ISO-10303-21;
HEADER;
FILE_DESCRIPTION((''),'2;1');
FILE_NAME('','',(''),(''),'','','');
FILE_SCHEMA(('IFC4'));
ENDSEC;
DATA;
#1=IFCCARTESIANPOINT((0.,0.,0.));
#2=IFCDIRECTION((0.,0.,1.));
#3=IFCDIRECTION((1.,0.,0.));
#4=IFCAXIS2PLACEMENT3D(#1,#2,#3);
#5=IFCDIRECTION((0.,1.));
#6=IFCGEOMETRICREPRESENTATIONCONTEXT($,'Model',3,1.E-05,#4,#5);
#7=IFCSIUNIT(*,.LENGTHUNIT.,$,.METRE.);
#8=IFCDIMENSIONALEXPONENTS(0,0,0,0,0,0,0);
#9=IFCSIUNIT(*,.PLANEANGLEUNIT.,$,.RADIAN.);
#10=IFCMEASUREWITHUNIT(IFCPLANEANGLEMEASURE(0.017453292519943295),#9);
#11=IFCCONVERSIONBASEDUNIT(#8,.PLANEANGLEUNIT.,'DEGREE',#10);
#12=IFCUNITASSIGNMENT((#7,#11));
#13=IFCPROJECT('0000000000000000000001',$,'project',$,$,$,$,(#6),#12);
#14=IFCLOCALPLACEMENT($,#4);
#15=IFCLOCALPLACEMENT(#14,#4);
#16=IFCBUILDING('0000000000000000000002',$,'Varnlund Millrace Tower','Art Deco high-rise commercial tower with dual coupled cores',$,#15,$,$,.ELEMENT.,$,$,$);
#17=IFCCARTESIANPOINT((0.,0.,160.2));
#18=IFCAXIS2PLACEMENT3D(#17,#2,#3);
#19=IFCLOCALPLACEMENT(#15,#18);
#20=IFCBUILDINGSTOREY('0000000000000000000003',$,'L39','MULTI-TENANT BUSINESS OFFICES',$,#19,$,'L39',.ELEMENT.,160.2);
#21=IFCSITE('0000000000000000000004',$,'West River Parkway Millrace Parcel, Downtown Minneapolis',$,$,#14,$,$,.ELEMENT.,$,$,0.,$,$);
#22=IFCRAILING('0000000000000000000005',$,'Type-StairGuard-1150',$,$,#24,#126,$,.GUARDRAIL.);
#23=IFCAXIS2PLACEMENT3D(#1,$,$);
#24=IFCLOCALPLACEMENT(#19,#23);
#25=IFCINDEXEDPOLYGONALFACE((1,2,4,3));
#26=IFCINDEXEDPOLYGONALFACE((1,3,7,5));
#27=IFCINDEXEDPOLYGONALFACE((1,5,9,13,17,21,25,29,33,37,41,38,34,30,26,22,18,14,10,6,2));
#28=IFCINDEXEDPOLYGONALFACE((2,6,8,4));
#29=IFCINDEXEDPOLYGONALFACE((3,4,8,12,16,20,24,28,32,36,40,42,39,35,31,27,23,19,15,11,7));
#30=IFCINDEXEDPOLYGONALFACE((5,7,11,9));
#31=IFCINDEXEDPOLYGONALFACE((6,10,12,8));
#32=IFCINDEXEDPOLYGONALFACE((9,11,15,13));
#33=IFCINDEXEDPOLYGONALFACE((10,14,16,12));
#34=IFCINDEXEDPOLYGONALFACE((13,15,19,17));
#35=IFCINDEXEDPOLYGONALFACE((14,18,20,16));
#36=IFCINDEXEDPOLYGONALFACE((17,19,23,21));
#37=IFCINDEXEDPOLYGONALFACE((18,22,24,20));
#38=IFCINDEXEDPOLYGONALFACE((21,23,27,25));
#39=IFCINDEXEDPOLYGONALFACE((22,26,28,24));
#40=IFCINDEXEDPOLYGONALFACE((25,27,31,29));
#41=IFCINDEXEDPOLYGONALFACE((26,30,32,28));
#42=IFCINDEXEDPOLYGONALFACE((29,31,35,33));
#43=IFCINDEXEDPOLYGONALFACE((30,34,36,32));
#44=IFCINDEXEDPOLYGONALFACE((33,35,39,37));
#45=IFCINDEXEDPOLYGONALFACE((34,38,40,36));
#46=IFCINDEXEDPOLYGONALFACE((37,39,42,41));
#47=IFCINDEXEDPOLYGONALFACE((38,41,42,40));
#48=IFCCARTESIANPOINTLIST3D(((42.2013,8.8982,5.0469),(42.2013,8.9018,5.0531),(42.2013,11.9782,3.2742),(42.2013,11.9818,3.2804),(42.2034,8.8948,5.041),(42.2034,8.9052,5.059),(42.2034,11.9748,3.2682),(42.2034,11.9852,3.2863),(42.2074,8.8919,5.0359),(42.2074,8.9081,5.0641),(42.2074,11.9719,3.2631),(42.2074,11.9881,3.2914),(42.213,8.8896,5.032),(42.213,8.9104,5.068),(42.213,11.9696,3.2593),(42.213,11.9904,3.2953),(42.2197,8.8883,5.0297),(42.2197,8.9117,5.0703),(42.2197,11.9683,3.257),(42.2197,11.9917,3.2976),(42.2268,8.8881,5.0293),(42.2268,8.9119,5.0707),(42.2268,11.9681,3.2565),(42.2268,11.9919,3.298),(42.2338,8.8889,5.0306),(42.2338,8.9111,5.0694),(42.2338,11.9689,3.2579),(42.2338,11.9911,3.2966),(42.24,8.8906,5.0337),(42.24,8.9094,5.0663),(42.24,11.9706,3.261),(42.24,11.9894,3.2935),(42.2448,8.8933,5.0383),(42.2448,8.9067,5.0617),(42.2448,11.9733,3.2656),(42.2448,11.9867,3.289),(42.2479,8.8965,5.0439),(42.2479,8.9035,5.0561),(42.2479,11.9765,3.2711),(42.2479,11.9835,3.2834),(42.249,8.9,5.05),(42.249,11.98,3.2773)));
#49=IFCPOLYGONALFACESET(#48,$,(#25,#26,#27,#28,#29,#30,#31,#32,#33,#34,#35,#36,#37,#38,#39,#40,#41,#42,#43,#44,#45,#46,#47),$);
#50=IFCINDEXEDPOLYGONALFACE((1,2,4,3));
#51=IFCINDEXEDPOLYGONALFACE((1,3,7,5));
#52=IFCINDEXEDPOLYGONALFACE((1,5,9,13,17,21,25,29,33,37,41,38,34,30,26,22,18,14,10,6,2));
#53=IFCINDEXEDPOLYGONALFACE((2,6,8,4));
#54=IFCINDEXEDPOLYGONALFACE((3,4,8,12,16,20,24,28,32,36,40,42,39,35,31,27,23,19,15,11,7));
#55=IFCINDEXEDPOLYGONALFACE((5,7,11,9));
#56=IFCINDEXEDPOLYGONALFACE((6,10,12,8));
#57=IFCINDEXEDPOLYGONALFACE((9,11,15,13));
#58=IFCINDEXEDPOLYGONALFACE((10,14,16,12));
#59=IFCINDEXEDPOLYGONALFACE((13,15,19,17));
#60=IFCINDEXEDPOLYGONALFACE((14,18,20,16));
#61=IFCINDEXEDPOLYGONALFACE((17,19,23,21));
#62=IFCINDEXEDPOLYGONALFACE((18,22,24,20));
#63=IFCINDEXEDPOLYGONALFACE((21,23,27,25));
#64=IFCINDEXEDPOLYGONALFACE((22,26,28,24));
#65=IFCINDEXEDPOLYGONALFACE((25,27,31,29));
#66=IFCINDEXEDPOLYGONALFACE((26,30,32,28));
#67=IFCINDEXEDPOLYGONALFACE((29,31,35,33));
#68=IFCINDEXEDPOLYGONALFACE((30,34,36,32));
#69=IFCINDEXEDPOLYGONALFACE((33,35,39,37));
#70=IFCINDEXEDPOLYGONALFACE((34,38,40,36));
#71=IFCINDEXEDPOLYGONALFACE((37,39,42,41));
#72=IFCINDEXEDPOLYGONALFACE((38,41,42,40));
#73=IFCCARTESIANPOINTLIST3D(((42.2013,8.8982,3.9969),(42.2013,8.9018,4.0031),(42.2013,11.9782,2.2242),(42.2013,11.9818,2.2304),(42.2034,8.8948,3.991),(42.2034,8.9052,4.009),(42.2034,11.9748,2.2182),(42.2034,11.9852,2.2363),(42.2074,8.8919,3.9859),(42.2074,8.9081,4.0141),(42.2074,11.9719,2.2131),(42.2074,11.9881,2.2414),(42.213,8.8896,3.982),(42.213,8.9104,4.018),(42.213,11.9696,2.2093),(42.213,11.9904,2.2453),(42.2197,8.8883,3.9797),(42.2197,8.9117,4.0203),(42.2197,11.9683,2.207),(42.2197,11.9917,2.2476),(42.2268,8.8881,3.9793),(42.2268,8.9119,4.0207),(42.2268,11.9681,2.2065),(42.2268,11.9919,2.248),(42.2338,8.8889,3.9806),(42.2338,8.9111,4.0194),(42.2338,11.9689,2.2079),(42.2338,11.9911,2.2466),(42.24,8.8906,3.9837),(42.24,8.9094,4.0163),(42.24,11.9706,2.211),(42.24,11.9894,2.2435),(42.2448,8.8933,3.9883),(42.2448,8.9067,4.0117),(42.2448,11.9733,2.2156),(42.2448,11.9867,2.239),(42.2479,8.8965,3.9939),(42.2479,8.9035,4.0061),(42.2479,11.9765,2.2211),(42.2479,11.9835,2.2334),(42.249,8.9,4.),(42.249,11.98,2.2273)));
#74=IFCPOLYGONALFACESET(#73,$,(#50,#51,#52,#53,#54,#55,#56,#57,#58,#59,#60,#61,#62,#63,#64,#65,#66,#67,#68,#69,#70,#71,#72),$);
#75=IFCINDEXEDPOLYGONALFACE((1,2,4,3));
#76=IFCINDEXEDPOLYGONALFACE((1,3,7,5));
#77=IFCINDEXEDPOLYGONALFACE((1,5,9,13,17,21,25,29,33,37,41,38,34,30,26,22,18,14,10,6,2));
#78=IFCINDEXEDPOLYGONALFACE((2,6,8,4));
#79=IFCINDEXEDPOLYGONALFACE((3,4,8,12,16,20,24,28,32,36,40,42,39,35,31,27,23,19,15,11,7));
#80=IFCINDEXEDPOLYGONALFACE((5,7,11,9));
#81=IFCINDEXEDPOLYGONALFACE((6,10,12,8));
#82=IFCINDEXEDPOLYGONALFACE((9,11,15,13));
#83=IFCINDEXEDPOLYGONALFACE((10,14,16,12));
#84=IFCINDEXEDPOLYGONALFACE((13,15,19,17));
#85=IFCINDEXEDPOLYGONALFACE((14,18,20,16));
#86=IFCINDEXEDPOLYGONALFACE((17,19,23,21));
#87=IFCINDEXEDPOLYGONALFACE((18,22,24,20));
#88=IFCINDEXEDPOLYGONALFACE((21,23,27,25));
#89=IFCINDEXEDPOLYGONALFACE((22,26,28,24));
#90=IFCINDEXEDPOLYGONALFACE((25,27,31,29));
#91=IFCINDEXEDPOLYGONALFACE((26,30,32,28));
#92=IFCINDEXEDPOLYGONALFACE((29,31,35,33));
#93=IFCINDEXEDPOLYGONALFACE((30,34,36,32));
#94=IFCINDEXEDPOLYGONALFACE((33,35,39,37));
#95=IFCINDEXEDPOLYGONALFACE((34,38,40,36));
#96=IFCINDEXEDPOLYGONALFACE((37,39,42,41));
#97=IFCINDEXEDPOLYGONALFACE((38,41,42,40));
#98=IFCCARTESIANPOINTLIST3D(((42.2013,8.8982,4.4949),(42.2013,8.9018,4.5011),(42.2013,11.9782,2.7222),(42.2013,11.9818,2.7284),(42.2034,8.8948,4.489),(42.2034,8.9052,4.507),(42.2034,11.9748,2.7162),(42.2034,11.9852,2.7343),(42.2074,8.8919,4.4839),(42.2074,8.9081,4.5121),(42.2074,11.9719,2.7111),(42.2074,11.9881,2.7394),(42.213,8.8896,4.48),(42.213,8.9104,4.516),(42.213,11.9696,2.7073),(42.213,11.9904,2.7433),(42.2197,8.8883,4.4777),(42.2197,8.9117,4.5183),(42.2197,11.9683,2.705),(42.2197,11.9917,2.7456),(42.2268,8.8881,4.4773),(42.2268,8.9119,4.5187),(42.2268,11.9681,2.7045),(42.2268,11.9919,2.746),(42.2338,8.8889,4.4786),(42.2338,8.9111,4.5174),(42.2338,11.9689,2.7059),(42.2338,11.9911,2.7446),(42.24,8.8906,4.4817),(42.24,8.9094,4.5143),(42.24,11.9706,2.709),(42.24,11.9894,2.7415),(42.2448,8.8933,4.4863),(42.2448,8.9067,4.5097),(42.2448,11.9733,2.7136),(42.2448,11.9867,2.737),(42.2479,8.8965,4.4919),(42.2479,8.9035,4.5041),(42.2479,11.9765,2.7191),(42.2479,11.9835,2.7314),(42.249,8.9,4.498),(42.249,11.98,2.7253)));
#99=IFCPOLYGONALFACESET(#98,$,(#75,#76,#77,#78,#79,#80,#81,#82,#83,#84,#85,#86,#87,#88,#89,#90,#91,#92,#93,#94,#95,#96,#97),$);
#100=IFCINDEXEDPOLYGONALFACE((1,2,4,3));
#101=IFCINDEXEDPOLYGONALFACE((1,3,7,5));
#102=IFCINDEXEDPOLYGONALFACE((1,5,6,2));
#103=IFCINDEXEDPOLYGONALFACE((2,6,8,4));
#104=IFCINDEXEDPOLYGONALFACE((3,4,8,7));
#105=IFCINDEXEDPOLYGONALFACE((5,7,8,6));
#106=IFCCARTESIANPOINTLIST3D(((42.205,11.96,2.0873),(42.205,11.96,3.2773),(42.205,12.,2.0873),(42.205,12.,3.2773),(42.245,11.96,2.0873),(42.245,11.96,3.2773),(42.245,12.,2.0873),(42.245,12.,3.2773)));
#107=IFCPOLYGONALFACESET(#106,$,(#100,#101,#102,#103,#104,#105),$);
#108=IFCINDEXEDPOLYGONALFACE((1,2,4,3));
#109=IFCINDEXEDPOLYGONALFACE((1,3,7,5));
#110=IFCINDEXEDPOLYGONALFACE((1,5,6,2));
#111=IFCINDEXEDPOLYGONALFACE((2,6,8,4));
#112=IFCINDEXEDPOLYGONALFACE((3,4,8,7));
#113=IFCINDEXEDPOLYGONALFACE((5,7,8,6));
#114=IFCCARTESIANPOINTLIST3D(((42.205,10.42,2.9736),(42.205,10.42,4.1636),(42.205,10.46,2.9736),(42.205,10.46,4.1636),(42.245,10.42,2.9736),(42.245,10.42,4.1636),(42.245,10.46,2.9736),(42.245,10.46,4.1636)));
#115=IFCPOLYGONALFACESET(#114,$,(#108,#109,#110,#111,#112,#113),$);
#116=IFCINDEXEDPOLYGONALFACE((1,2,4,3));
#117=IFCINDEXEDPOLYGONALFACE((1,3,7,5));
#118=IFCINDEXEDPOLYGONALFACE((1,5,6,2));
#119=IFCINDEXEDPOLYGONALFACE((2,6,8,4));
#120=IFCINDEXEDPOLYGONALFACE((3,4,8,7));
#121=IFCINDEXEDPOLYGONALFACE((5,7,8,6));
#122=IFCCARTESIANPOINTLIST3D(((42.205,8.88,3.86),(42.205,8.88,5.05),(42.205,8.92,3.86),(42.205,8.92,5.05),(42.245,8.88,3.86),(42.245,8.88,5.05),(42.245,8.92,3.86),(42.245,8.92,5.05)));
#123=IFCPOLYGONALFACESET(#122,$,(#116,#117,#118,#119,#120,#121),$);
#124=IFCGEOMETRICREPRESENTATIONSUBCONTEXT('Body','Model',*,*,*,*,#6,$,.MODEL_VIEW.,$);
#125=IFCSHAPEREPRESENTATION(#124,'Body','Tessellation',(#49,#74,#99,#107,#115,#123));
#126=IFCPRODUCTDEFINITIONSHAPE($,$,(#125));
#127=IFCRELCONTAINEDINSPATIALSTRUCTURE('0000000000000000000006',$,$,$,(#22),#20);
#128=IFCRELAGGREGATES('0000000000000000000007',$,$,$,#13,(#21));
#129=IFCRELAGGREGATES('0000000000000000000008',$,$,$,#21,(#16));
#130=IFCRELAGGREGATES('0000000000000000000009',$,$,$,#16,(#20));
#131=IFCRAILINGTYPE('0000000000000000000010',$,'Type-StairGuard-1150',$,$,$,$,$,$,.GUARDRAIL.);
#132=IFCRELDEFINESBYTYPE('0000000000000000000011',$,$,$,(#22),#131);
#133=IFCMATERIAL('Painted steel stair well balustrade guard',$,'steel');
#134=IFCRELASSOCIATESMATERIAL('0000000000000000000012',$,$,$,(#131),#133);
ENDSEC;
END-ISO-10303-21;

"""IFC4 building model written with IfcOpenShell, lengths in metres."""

from ifc_helpers import new_model, entity, si_unit, converted_unit, direction, frame, origin_with_axes, origin_2d_with_axis, place, context, subcontext, project, spatial, rectangle, circle, extrude, material, type_object, element, save


model = new_model("IFC4")

# Units and contexts
model_context = context("Model", 3, precision=1e-05, world=origin_with_axes(), true_north=direction((0.0, 1.0)))
body_context = subcontext(model_context, "Body", "Model", "MODEL_VIEW")
ifc_project = project(units=[si_unit("LENGTHUNIT", "METRE"), converted_unit("PLANEANGLEUNIT", "DEGREE", entity("IfcPlaneAngleMeasure", 0.017453292519943295), si_unit("PLANEANGLEUNIT", "RADIAN"), dimensions=[0, 0, 0, 0, 0, 0, 0])], contexts=[model_context])

# Site, building, storey
site_placement = place(None, origin_with_axes())
site = spatial("IfcSite", under=ifc_project, at=site_placement, Name="West River Parkway Millrace Parcel, Downtown Minneapolis", CompositionType="ELEMENT", RefElevation=0.0)
building_placement = place(site_placement, origin_with_axes())
building = spatial("IfcBuilding", under=site, at=building_placement, Name="Varnlund Millrace Tower", Description="Art Deco high-rise commercial tower with dual coupled cores", CompositionType="ELEMENT")
storey_placement = place(building_placement, frame((0.0, 0.0, 160.2), z_axis=(0.0, 0.0, 1.0), x_axis=(1.0, 0.0, 0.0)))
storey = spatial("IfcBuildingStorey", under=building, at=storey_placement, Name="L39", Description="MULTI-TENANT BUSINESS OFFICES", LongName="L39", CompositionType="ELEMENT", Elevation=160.2)

# Railing
ifc_material_1 = material(Name="Painted steel stair well balustrade guard", Category="steel")
railing_type_1 = type_object("IfcRailingType", Name="Type-StairGuard-1150", PredefinedType="GUARDRAIL", material=ifc_material_1)
railing_1_placement = place(storey_placement, frame((0.0, 0.0, -160.2), z_axis=(0.0, 0.0, 1.0), x_axis=(1.0, 0.0, 0.0)))
element("IfcRailing", 1, at=railing_1_placement, inside=storey, type_object=railing_type_1, Name="Type-StairGuard-1150", PredefinedType="GUARDRAIL", context=body_context, shape_type="SweptSolid", body=[
    extrude(circle(Radius=0.024, at=origin_2d_with_axis()), frame((42.225, 11.98, 163.4773), z_axis=(0.0, -0.866696, 0.498836), x_axis=(1.0, 0.0, 0.0)), (0.0, 0.0, 1.0), 3.5537),
    extrude(circle(Radius=0.024, at=origin_2d_with_axis()), frame((42.225, 11.98, 162.4273), z_axis=(0.0, -0.866696, 0.498836), x_axis=(1.0, 0.0, 0.0)), (0.0, 0.0, 1.0), 3.5537),
    extrude(circle(Radius=0.024, at=origin_2d_with_axis()), frame((42.225, 11.98, 162.9253), z_axis=(0.0, -0.866696, 0.498836), x_axis=(1.0, 0.0, 0.0)), (0.0, 0.0, 1.0), 3.5537),
    extrude(rectangle(XDim=0.04, YDim=0.04, at=origin_2d_with_axis()), frame((42.225, 11.98, 162.2873), z_axis=(0.0, 0.0, 1.0), x_axis=(1.0, 0.0, 0.0)), (0.0, 0.0, 1.0), 1.19),
    extrude(rectangle(XDim=0.04, YDim=0.04, at=origin_2d_with_axis()), frame((42.225, 10.44, 163.1736), z_axis=(0.0, 0.0, 1.0), x_axis=(1.0, 0.0, 0.0)), (0.0, 0.0, 1.0), 1.19),
    extrude(rectangle(XDim=0.04, YDim=0.04, at=origin_2d_with_axis()), frame((42.225, 8.9, 164.06), z_axis=(0.0, 0.0, 1.0), x_axis=(1.0, 0.0, 0.0)), (0.0, 0.0, 1.0), 1.19),
])

save(model, "model.ifc")
